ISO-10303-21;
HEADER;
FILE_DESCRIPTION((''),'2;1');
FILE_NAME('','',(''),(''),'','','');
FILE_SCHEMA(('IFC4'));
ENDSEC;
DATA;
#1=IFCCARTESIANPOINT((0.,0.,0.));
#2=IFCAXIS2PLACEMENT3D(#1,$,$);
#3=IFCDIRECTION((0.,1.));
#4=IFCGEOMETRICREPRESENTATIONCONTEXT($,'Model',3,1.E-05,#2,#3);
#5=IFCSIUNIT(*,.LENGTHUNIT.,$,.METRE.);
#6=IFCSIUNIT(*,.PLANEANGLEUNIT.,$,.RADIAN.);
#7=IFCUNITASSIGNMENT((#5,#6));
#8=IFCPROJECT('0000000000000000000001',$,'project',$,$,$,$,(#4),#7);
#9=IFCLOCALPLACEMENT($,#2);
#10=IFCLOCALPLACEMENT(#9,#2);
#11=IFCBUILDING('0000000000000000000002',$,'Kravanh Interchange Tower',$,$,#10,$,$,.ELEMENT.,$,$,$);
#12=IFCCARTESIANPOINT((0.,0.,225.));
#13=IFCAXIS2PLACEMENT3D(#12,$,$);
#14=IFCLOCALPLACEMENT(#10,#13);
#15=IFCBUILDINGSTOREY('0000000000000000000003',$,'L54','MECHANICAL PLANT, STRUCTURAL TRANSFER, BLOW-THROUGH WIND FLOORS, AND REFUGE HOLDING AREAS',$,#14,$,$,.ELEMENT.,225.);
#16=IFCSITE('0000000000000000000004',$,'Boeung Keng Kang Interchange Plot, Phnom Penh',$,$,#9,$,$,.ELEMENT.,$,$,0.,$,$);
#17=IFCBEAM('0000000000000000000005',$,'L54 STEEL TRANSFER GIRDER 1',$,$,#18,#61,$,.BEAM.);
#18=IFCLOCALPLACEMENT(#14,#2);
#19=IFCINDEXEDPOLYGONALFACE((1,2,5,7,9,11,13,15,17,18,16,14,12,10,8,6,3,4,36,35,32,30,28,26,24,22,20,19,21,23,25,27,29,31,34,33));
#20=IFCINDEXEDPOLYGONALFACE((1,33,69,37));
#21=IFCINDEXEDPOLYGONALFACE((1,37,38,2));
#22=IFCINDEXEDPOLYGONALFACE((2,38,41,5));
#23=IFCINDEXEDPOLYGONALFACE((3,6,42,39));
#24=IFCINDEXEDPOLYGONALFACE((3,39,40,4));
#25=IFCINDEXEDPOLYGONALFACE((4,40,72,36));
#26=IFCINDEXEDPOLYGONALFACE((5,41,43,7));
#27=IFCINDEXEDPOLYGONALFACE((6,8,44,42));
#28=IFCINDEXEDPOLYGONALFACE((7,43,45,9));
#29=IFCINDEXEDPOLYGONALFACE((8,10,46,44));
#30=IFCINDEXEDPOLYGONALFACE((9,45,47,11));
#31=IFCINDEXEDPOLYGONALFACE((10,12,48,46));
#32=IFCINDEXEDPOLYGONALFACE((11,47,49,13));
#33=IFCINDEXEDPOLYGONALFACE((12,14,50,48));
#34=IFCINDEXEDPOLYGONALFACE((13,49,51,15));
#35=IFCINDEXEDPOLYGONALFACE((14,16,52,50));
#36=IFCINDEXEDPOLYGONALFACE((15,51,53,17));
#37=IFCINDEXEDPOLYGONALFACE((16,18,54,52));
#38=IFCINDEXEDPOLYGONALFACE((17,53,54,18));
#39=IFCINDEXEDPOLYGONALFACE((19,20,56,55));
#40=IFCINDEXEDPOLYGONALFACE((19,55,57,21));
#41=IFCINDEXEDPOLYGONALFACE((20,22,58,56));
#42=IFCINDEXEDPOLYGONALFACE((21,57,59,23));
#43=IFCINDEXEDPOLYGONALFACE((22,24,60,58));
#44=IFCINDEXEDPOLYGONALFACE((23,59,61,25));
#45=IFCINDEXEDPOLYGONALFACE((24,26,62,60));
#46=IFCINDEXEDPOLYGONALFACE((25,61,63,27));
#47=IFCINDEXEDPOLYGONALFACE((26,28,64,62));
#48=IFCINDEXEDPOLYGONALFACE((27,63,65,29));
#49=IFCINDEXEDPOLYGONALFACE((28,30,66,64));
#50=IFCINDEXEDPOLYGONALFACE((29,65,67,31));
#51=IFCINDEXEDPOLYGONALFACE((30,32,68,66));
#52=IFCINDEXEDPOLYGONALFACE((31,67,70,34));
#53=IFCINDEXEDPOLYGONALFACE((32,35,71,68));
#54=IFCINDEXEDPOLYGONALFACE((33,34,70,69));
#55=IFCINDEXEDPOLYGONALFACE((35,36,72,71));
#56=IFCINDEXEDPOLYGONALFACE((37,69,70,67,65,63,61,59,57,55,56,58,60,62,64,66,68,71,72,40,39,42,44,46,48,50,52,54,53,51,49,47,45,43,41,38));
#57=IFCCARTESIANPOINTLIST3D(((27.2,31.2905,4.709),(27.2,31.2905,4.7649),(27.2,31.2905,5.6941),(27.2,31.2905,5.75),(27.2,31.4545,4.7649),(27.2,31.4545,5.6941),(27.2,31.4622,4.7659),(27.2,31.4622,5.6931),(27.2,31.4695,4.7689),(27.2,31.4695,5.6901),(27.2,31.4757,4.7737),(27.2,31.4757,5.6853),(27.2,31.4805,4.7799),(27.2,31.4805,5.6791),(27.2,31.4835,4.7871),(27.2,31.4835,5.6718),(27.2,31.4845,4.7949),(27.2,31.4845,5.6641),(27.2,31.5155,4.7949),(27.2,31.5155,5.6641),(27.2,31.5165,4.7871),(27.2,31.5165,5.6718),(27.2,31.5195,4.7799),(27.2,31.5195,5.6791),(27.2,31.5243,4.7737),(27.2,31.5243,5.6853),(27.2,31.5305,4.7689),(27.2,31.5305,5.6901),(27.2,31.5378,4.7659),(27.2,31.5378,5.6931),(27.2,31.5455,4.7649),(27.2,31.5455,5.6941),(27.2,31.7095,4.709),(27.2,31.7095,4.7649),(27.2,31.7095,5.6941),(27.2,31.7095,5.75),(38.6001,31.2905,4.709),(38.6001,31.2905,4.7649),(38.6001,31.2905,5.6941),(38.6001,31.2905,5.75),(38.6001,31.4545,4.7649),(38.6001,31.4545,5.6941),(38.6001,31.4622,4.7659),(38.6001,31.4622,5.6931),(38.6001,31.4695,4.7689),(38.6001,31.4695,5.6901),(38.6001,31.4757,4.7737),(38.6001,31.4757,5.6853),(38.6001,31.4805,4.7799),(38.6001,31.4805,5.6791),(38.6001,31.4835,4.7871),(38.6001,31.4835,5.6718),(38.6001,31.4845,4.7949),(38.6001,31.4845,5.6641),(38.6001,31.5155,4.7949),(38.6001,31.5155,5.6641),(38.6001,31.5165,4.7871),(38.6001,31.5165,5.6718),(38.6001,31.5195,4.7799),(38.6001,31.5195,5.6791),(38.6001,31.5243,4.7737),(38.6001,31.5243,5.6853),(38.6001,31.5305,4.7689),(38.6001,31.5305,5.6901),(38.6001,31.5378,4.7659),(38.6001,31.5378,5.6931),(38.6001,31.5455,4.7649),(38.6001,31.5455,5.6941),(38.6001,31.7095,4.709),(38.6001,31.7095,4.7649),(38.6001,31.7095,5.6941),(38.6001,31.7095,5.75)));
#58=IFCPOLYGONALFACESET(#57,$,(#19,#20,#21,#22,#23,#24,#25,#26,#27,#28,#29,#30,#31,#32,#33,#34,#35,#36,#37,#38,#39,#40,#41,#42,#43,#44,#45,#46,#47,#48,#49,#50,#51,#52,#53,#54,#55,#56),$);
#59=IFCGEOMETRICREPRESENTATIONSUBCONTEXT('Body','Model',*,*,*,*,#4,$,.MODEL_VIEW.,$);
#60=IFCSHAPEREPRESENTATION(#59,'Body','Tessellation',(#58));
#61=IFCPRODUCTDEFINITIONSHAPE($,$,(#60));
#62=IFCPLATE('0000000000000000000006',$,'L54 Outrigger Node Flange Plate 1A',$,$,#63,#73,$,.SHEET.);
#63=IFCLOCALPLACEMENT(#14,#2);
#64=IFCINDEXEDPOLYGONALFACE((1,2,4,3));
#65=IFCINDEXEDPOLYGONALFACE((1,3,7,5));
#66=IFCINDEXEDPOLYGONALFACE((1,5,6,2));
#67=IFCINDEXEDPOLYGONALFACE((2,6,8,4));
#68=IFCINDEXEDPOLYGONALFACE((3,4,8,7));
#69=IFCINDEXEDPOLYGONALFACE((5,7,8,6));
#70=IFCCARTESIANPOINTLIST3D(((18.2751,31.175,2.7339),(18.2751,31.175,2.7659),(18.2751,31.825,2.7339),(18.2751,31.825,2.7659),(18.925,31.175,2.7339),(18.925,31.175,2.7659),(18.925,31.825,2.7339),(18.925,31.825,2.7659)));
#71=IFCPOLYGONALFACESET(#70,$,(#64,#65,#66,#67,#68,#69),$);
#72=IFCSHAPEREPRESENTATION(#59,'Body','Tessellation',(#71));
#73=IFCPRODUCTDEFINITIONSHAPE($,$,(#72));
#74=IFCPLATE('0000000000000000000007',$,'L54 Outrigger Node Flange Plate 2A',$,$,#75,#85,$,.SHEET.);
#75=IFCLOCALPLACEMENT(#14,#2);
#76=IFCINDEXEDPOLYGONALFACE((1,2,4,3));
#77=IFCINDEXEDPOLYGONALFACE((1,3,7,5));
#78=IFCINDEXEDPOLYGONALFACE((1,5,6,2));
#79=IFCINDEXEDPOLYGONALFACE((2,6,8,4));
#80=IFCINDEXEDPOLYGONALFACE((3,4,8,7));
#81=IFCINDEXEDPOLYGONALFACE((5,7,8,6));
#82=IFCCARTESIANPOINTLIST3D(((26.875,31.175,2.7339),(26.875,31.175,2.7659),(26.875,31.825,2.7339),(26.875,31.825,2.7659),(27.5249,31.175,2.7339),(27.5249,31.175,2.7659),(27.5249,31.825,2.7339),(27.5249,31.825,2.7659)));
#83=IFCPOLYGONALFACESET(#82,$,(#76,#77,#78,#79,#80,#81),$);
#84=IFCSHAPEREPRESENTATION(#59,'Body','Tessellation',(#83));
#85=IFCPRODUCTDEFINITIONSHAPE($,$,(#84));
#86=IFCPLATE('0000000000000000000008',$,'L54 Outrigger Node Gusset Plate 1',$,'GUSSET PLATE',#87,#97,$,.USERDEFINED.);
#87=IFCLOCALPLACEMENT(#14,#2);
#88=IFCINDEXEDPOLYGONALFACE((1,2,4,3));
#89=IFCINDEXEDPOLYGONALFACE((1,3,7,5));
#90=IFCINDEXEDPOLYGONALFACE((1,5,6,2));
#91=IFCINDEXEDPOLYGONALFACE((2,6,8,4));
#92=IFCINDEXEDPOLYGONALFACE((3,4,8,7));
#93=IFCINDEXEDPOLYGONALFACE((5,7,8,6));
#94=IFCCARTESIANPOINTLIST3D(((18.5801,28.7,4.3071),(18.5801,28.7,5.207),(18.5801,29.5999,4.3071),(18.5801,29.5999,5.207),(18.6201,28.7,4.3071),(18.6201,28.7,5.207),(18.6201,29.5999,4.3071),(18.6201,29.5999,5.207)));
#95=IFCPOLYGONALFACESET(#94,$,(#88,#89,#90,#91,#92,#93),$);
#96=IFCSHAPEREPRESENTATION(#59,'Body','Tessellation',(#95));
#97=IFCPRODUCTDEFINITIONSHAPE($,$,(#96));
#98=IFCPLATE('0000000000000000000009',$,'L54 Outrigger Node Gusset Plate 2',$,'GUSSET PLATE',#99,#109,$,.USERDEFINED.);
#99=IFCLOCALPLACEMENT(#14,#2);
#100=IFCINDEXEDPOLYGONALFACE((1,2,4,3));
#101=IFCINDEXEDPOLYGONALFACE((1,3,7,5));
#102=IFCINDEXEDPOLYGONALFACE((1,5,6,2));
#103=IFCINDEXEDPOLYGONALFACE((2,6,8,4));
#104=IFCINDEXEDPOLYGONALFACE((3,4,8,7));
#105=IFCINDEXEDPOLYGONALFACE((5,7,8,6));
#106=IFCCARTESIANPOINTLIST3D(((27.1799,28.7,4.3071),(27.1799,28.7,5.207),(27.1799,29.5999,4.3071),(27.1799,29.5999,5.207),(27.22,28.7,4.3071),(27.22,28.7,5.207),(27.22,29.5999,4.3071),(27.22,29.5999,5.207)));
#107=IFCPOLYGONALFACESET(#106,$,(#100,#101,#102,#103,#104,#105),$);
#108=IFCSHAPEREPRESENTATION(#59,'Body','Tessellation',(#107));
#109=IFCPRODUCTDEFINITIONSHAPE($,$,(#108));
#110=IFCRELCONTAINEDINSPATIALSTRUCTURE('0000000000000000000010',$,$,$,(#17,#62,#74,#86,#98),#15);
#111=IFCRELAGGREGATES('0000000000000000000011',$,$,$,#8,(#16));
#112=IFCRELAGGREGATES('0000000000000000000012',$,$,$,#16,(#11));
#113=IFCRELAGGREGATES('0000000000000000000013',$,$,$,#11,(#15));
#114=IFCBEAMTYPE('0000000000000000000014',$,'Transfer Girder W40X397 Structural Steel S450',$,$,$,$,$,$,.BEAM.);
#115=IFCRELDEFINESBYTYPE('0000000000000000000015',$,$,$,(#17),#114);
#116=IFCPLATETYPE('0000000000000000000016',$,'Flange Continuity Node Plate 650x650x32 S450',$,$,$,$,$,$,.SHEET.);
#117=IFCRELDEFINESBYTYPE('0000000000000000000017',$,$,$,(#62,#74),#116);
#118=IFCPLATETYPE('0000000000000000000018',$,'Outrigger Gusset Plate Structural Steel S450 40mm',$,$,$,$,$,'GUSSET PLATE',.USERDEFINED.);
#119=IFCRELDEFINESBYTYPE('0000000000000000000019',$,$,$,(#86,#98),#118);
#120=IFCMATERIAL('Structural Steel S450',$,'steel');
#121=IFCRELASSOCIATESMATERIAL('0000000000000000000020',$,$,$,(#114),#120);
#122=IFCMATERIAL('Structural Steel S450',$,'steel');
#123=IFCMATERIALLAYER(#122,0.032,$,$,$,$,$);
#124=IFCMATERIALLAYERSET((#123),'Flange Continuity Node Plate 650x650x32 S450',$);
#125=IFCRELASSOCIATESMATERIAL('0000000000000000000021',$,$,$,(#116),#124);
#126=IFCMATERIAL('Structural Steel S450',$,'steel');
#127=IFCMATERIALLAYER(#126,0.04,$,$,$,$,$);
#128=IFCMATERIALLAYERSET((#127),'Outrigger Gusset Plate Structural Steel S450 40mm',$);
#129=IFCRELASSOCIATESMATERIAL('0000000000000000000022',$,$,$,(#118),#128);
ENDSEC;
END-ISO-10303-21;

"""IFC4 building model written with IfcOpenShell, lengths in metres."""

from ifc_helpers import new_model, si_unit, direction, frame, origin, origin_2d, place, context, subcontext, project, spatial, rectangle, i_section, extrude, material, layer, layer_set, material_profile, profile_set, type_object, element, save


model = new_model("IFC4")

# Units and contexts
model_context = context("Model", 3, precision=1e-05, world=origin(), true_north=direction((0.0, 1.0)))
body_context = subcontext(model_context, "Body", "Model", "MODEL_VIEW")
ifc_project = project(units=[si_unit("LENGTHUNIT", "METRE"), si_unit("PLANEANGLEUNIT", "RADIAN")], contexts=[model_context])

# Site, building, storey
site_placement = place(None, origin())
site = spatial("IfcSite", under=ifc_project, at=site_placement, Name="Boeung Keng Kang Interchange Plot, Phnom Penh", CompositionType="ELEMENT", RefElevation=0.0)
building_placement = place(site_placement, origin())
building = spatial("IfcBuilding", under=site, at=building_placement, Name="Kravanh Interchange Tower", CompositionType="ELEMENT")
storey_placement = place(building_placement, frame((0.0, 0.0, 225.0)))
storey = spatial("IfcBuildingStorey", under=building, at=storey_placement, Name="L54", Description="MECHANICAL PLANT, STRUCTURAL TRANSFER, BLOW-THROUGH WIND FLOORS, AND REFUGE HOLDING AREAS", CompositionType="ELEMENT", Elevation=225.0)

# Beam
ifc_material_1 = material(Name="Structural Steel S450", Category="steel")
ifc_material_profile_1 = material_profile(ifc_material_1, i_section(OverallWidth=0.4189, OverallDepth=1.041, WebThickness=0.031, FlangeThickness=0.0559, FilletRadius=0.03, at=origin_2d()), Name="W40X397")
ifc_profile_set_1 = profile_set([ifc_material_profile_1], Name="Structural Steel S450")
beam_type_1 = type_object("IfcBeamType", Name="Transfer Girder W40X397 Structural Steel S450", PredefinedType="BEAM", material=ifc_profile_set_1)
beam_1_placement = place(storey_placement, frame((27.2, 31.5, 5.2295), z_axis=(1.0, 0.0, 0.0), x_axis=(0.0, 1.0, 0.0)))
element("IfcBeam", 1, at=beam_1_placement, inside=storey, type_object=beam_type_1, Name="L54 STEEL TRANSFER GIRDER 1", PredefinedType="BEAM", context=body_context, shape_type="SweptSolid", body=[
    extrude(i_section(OverallWidth=0.4189, OverallDepth=1.041, WebThickness=0.031, FlangeThickness=0.0559, FilletRadius=0.03, at=origin_2d()), origin(), (0.0, 0.0, 1.0), 11.4001),
])

# Plates
ifc_material_2 = material(Name="Structural Steel S450", Category="steel")
ifc_layer_1 = layer(ifc_material_2, 0.032)
ifc_layer_set_1 = layer_set([ifc_layer_1], Name="Flange Continuity Node Plate 650x650x32 S450")
plate_type_1 = type_object("IfcPlateType", Name="Flange Continuity Node Plate 650x650x32 S450", PredefinedType="SHEET", material=ifc_layer_set_1)
for number, where, z_axis, x_axis, name in (
    (2, (18.6001, 31.5, 2.7339), (0.0, 0.0, 1.0), (1.0, 0.0, 0.0), "L54 Outrigger Node Flange Plate 1A"),
    (3, (27.2, 31.5, 2.7339), (0.0, 0.0, 1.0), (1.0, 0.0, 0.0), "L54 Outrigger Node Flange Plate 2A"),
):
    element("IfcPlate", number, at=place(storey_placement, frame(where, z_axis=z_axis, x_axis=x_axis)), inside=storey, type_object=plate_type_1, Name=name, PredefinedType="SHEET", context=body_context, shape_type="SweptSolid", body=[
        extrude(rectangle(XDim=0.6499, YDim=0.6499, at=origin_2d()), origin(), (0.0, 0.0, 1.0), 0.032),
    ])
ifc_material_3 = material(Name="Structural Steel S450", Category="steel")
ifc_layer_2 = layer(ifc_material_3, 0.04)
ifc_layer_set_2 = layer_set([ifc_layer_2], Name="Outrigger Gusset Plate Structural Steel S450 40mm")
plate_type_2 = type_object("IfcPlateType", Name="Outrigger Gusset Plate Structural Steel S450 40mm", ElementType="GUSSET PLATE", PredefinedType="USERDEFINED", material=ifc_layer_set_2)
for number, where, z_axis, x_axis, name in (
    (4, (18.6001, 29.1499, 4.3071), (0.0, 0.0, 1.0), (0.0, -1.0, 0.0), "L54 Outrigger Node Gusset Plate 1"),
    (5, (27.2, 29.1499, 4.3071), (0.0, 0.0, 1.0), (0.0, -1.0, 0.0), "L54 Outrigger Node Gusset Plate 2"),
):
    element("IfcPlate", number, at=place(storey_placement, frame(where, z_axis=z_axis, x_axis=x_axis)), inside=storey, type_object=plate_type_2, Name=name, ObjectType="GUSSET PLATE", PredefinedType="USERDEFINED", context=body_context, shape_type="SweptSolid", body=[
        extrude(rectangle(XDim=0.8999, YDim=0.04, at=origin_2d()), origin(), (0.0, 0.0, 1.0), 0.8999),
    ])

save(model, "model.ifc")
